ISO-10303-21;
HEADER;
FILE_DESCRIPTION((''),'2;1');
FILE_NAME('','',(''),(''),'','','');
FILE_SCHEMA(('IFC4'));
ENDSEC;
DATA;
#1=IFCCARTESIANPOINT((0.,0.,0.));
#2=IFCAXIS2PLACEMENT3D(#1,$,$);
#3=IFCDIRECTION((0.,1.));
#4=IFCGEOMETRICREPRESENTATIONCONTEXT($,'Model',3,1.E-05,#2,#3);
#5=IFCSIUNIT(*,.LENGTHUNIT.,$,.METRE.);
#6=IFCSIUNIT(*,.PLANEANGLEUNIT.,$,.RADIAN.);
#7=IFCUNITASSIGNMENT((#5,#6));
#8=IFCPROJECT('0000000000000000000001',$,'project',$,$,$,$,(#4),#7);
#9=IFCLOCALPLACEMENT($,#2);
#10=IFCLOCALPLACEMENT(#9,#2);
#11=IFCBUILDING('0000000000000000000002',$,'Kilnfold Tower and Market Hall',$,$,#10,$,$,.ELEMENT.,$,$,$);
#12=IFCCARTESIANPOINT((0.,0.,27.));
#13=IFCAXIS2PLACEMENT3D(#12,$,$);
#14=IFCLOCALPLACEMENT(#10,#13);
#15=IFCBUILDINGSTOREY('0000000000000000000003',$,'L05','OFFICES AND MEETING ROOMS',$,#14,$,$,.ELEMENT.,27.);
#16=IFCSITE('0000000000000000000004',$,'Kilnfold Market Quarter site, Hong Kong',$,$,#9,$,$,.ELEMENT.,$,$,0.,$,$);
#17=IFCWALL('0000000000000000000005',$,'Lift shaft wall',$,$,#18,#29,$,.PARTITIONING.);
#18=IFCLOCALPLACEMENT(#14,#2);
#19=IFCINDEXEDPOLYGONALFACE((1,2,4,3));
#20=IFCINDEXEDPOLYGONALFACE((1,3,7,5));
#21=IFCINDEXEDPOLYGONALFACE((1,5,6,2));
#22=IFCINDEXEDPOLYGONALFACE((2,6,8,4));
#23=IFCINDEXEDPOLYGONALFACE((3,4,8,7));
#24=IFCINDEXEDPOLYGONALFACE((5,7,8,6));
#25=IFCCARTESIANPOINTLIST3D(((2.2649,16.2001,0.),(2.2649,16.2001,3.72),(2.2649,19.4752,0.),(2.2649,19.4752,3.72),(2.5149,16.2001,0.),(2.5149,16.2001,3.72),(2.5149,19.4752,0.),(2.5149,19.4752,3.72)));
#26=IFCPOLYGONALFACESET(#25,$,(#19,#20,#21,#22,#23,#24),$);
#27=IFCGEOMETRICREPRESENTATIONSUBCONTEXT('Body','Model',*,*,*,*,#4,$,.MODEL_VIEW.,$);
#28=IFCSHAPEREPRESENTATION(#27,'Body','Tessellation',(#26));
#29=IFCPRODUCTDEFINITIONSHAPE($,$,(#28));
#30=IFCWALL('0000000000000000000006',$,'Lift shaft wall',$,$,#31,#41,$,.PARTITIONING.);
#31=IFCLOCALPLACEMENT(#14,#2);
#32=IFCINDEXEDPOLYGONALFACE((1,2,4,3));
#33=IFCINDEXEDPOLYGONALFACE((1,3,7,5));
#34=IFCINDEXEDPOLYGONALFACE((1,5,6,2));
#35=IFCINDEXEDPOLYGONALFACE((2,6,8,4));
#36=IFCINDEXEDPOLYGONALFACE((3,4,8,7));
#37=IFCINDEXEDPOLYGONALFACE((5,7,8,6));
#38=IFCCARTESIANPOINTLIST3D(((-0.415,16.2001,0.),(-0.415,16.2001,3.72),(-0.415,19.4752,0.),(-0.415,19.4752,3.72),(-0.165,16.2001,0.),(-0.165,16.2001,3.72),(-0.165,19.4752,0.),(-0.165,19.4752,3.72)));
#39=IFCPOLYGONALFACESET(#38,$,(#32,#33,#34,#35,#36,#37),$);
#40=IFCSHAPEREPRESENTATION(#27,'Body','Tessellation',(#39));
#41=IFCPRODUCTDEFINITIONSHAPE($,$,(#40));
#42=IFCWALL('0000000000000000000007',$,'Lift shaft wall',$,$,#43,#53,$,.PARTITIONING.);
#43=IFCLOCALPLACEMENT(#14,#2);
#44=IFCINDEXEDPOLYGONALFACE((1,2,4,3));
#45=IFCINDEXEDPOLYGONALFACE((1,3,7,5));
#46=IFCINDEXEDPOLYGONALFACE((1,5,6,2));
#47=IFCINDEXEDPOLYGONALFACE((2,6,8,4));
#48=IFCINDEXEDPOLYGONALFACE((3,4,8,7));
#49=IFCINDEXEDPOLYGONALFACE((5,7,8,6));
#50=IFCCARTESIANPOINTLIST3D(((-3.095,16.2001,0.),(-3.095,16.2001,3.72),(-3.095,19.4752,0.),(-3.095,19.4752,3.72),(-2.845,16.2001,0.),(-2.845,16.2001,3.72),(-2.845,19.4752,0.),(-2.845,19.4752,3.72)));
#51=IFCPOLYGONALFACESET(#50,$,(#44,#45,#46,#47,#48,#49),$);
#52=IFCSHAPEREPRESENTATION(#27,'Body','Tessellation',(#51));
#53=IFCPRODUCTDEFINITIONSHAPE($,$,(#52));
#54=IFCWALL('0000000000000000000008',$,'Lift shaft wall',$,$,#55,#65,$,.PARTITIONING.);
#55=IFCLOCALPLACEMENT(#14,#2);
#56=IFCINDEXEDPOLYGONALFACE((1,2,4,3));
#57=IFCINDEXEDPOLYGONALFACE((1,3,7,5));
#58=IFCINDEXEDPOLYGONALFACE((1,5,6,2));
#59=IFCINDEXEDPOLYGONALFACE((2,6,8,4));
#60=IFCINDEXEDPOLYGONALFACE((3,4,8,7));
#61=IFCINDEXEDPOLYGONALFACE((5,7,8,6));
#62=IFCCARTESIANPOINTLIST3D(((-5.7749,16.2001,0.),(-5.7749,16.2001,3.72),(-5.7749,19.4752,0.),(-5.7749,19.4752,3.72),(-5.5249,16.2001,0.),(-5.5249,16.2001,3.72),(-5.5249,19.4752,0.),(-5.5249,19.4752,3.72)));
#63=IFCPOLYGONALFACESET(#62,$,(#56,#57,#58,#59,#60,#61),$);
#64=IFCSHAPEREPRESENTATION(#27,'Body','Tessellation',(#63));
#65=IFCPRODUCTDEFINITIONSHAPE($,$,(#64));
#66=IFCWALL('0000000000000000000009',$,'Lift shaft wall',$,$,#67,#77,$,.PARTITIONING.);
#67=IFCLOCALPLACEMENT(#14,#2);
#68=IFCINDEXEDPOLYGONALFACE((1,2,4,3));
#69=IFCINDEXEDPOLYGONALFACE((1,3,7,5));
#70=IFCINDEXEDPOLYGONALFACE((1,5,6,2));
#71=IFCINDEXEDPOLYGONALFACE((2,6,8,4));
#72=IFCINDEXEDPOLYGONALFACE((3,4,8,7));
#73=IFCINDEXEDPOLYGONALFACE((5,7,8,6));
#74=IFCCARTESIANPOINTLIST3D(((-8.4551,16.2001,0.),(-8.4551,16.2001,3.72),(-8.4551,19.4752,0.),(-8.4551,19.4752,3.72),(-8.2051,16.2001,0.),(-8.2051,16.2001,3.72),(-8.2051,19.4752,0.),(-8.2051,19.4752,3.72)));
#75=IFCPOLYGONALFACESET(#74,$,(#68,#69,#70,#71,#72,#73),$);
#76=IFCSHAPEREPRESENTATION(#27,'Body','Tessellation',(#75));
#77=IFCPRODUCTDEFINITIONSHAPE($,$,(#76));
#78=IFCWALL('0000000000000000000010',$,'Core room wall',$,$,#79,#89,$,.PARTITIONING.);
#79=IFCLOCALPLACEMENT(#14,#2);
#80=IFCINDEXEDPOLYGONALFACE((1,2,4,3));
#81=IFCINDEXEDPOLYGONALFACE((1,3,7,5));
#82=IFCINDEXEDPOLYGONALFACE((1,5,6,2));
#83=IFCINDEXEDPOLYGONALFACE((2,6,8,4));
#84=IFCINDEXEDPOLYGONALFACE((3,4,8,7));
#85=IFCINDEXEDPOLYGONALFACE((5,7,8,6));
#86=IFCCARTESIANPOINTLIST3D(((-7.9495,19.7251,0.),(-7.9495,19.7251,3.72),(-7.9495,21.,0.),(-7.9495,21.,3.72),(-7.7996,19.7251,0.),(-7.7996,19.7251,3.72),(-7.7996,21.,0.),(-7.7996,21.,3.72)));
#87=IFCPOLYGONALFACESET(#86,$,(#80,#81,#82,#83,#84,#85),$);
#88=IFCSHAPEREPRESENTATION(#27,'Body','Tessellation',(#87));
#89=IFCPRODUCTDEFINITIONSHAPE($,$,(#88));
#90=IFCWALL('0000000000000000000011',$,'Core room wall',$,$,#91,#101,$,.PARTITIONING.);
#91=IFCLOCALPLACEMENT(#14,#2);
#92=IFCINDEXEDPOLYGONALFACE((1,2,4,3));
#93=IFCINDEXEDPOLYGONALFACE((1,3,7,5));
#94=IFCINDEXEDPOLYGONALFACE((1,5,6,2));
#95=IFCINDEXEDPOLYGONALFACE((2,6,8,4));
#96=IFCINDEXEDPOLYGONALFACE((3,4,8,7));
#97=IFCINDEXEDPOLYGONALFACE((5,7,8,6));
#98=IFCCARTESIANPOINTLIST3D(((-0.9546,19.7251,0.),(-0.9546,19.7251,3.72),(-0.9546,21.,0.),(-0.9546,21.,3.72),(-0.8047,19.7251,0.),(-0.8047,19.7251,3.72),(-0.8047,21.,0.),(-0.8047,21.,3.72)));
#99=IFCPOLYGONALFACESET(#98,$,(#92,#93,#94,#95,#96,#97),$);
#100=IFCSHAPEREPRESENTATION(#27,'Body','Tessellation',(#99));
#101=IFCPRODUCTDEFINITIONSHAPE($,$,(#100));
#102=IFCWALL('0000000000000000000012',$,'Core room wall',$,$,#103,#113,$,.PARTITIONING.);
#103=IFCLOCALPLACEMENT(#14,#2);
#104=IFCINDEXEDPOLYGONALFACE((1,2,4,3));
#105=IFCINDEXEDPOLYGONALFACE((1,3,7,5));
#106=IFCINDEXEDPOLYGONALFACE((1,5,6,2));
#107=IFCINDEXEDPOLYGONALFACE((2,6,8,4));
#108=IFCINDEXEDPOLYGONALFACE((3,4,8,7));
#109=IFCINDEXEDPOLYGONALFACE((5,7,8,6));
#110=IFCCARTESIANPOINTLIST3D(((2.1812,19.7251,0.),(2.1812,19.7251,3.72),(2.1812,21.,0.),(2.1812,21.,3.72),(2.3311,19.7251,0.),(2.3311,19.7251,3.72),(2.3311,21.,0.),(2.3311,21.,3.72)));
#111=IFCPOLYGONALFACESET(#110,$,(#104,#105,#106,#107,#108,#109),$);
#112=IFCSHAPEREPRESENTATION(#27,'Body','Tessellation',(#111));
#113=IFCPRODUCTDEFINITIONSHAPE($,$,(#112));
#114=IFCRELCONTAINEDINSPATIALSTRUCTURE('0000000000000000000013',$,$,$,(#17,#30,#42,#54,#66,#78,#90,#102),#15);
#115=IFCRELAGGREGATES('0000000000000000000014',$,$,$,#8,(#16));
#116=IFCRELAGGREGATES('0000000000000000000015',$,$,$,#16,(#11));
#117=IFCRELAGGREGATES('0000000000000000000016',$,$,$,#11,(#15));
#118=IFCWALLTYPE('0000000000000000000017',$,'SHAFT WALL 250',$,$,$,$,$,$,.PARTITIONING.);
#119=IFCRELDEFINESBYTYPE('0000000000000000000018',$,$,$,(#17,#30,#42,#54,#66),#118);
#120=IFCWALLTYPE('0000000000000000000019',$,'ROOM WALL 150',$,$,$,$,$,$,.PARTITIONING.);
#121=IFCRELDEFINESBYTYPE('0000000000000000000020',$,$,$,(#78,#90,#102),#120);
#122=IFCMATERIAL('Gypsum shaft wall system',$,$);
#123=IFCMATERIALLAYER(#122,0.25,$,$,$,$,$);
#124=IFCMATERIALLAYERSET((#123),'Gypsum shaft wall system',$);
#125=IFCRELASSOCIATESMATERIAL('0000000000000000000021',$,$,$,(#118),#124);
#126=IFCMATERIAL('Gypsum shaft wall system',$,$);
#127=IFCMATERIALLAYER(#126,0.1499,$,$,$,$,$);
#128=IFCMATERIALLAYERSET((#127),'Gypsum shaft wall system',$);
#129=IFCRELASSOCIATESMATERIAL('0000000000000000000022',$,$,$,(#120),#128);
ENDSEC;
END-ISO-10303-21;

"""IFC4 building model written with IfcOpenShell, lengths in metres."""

from ifc_helpers import new_model, si_unit, direction, frame, frame_2d, origin, place, context, subcontext, project, spatial, rectangle, extrude, source, transform, mapped, material, layer, layer_set, type_object, element, save


model = new_model("IFC4")

# Units and contexts
model_context = context("Model", 3, precision=1e-05, world=origin(), true_north=direction((0.0, 1.0)))
body_context = subcontext(model_context, "Body", "Model", "MODEL_VIEW")
ifc_project = project(units=[si_unit("LENGTHUNIT", "METRE"), si_unit("PLANEANGLEUNIT", "RADIAN")], contexts=[model_context])

# Site, building, storey
site_placement = place(None, origin())
site = spatial("IfcSite", under=ifc_project, at=site_placement, Name="Kilnfold Market Quarter site, Hong Kong", CompositionType="ELEMENT", RefElevation=0.0)
building_placement = place(site_placement, origin())
building = spatial("IfcBuilding", under=site, at=building_placement, Name="Kilnfold Tower and Market Hall", CompositionType="ELEMENT")
storey_placement = place(building_placement, frame((0.0, 0.0, 27.0)))
storey = spatial("IfcBuildingStorey", under=building, at=storey_placement, Name="L05", Description="OFFICES AND MEETING ROOMS", CompositionType="ELEMENT", Elevation=27.0)

# Walls
ifc_material_1 = material(Name="Gypsum shaft wall system")
ifc_layer_1 = layer(ifc_material_1, 0.25)
ifc_layer_set_1 = layer_set([ifc_layer_1], Name="Gypsum shaft wall system")
wall_type_1 = type_object("IfcWallType", Name="SHAFT WALL 250", PredefinedType="PARTITIONING", material=ifc_layer_set_1)
shared_shape_1 = source(origin(), body_context, "Body", "SweptSolid", [
    extrude(rectangle(XDim=3.2751, YDim=0.25, at=frame_2d((1.6377, 0.0))), origin(), (0.0, 0.0, 1.0), 3.72),
])
for number, where, z_axis, x_axis, name in (
    (1, (2.3899, 16.2, 0.0), (0.0, 0.0, 1.0), (0.0, 1.0, 0.0), "Lift shaft wall"),
    (2, (-0.29, 16.2, 0.0), (0.0, 0.0, 1.0), (0.0, 1.0, 0.0), "Lift shaft wall"),
    (3, (-2.97, 16.2, 0.0), (0.0, 0.0, 1.0), (0.0, 1.0, 0.0), "Lift shaft wall"),
    (4, (-5.6499, 16.2, 0.0), (0.0, 0.0, 1.0), (0.0, 1.0, 0.0), "Lift shaft wall"),
    (5, (-8.3301, 16.2, 0.0), (0.0, 0.0, 1.0), (0.0, 1.0, 0.0), "Lift shaft wall"),
):
    element("IfcWall", number, at=place(storey_placement, frame(where, z_axis=z_axis, x_axis=x_axis)), inside=storey, type_object=wall_type_1, Name=name, PredefinedType="PARTITIONING", context=body_context, shape_type="MappedRepresentation", body=[
        mapped(shared_shape_1, transform((0.0, 0.0, 0.0))),
    ])
ifc_material_2 = material(Name="Gypsum shaft wall system")
ifc_layer_2 = layer(ifc_material_2, 0.1499)
ifc_layer_set_2 = layer_set([ifc_layer_2], Name="Gypsum shaft wall system")
wall_type_2 = type_object("IfcWallType", Name="ROOM WALL 150", PredefinedType="PARTITIONING", material=ifc_layer_set_2)
shared_shape_2 = source(origin(), body_context, "Body", "SweptSolid", [
    extrude(rectangle(XDim=1.2749, YDim=0.1499, at=frame_2d((0.6375, 0.0))), origin(), (0.0, 0.0, 1.0), 3.72),
])
for number, where, z_axis, x_axis, name in (
    (6, (-7.8745, 19.7251, 0.0), (0.0, 0.0, 1.0), (0.0, 1.0, 0.0), "Core room wall"),
    (7, (-0.8796, 19.7251, 0.0), (0.0, 0.0, 1.0), (0.0, 1.0, 0.0), "Core room wall"),
    (8, (2.2561, 19.7251, 0.0), (0.0, 0.0, 1.0), (0.0, 1.0, 0.0), "Core room wall"),
):
    element("IfcWall", number, at=place(storey_placement, frame(where, z_axis=z_axis, x_axis=x_axis)), inside=storey, type_object=wall_type_2, Name=name, PredefinedType="PARTITIONING", context=body_context, shape_type="MappedRepresentation", body=[
        mapped(shared_shape_2, transform((0.0, 0.0, 0.0))),
    ])

save(model, "model.ifc")
